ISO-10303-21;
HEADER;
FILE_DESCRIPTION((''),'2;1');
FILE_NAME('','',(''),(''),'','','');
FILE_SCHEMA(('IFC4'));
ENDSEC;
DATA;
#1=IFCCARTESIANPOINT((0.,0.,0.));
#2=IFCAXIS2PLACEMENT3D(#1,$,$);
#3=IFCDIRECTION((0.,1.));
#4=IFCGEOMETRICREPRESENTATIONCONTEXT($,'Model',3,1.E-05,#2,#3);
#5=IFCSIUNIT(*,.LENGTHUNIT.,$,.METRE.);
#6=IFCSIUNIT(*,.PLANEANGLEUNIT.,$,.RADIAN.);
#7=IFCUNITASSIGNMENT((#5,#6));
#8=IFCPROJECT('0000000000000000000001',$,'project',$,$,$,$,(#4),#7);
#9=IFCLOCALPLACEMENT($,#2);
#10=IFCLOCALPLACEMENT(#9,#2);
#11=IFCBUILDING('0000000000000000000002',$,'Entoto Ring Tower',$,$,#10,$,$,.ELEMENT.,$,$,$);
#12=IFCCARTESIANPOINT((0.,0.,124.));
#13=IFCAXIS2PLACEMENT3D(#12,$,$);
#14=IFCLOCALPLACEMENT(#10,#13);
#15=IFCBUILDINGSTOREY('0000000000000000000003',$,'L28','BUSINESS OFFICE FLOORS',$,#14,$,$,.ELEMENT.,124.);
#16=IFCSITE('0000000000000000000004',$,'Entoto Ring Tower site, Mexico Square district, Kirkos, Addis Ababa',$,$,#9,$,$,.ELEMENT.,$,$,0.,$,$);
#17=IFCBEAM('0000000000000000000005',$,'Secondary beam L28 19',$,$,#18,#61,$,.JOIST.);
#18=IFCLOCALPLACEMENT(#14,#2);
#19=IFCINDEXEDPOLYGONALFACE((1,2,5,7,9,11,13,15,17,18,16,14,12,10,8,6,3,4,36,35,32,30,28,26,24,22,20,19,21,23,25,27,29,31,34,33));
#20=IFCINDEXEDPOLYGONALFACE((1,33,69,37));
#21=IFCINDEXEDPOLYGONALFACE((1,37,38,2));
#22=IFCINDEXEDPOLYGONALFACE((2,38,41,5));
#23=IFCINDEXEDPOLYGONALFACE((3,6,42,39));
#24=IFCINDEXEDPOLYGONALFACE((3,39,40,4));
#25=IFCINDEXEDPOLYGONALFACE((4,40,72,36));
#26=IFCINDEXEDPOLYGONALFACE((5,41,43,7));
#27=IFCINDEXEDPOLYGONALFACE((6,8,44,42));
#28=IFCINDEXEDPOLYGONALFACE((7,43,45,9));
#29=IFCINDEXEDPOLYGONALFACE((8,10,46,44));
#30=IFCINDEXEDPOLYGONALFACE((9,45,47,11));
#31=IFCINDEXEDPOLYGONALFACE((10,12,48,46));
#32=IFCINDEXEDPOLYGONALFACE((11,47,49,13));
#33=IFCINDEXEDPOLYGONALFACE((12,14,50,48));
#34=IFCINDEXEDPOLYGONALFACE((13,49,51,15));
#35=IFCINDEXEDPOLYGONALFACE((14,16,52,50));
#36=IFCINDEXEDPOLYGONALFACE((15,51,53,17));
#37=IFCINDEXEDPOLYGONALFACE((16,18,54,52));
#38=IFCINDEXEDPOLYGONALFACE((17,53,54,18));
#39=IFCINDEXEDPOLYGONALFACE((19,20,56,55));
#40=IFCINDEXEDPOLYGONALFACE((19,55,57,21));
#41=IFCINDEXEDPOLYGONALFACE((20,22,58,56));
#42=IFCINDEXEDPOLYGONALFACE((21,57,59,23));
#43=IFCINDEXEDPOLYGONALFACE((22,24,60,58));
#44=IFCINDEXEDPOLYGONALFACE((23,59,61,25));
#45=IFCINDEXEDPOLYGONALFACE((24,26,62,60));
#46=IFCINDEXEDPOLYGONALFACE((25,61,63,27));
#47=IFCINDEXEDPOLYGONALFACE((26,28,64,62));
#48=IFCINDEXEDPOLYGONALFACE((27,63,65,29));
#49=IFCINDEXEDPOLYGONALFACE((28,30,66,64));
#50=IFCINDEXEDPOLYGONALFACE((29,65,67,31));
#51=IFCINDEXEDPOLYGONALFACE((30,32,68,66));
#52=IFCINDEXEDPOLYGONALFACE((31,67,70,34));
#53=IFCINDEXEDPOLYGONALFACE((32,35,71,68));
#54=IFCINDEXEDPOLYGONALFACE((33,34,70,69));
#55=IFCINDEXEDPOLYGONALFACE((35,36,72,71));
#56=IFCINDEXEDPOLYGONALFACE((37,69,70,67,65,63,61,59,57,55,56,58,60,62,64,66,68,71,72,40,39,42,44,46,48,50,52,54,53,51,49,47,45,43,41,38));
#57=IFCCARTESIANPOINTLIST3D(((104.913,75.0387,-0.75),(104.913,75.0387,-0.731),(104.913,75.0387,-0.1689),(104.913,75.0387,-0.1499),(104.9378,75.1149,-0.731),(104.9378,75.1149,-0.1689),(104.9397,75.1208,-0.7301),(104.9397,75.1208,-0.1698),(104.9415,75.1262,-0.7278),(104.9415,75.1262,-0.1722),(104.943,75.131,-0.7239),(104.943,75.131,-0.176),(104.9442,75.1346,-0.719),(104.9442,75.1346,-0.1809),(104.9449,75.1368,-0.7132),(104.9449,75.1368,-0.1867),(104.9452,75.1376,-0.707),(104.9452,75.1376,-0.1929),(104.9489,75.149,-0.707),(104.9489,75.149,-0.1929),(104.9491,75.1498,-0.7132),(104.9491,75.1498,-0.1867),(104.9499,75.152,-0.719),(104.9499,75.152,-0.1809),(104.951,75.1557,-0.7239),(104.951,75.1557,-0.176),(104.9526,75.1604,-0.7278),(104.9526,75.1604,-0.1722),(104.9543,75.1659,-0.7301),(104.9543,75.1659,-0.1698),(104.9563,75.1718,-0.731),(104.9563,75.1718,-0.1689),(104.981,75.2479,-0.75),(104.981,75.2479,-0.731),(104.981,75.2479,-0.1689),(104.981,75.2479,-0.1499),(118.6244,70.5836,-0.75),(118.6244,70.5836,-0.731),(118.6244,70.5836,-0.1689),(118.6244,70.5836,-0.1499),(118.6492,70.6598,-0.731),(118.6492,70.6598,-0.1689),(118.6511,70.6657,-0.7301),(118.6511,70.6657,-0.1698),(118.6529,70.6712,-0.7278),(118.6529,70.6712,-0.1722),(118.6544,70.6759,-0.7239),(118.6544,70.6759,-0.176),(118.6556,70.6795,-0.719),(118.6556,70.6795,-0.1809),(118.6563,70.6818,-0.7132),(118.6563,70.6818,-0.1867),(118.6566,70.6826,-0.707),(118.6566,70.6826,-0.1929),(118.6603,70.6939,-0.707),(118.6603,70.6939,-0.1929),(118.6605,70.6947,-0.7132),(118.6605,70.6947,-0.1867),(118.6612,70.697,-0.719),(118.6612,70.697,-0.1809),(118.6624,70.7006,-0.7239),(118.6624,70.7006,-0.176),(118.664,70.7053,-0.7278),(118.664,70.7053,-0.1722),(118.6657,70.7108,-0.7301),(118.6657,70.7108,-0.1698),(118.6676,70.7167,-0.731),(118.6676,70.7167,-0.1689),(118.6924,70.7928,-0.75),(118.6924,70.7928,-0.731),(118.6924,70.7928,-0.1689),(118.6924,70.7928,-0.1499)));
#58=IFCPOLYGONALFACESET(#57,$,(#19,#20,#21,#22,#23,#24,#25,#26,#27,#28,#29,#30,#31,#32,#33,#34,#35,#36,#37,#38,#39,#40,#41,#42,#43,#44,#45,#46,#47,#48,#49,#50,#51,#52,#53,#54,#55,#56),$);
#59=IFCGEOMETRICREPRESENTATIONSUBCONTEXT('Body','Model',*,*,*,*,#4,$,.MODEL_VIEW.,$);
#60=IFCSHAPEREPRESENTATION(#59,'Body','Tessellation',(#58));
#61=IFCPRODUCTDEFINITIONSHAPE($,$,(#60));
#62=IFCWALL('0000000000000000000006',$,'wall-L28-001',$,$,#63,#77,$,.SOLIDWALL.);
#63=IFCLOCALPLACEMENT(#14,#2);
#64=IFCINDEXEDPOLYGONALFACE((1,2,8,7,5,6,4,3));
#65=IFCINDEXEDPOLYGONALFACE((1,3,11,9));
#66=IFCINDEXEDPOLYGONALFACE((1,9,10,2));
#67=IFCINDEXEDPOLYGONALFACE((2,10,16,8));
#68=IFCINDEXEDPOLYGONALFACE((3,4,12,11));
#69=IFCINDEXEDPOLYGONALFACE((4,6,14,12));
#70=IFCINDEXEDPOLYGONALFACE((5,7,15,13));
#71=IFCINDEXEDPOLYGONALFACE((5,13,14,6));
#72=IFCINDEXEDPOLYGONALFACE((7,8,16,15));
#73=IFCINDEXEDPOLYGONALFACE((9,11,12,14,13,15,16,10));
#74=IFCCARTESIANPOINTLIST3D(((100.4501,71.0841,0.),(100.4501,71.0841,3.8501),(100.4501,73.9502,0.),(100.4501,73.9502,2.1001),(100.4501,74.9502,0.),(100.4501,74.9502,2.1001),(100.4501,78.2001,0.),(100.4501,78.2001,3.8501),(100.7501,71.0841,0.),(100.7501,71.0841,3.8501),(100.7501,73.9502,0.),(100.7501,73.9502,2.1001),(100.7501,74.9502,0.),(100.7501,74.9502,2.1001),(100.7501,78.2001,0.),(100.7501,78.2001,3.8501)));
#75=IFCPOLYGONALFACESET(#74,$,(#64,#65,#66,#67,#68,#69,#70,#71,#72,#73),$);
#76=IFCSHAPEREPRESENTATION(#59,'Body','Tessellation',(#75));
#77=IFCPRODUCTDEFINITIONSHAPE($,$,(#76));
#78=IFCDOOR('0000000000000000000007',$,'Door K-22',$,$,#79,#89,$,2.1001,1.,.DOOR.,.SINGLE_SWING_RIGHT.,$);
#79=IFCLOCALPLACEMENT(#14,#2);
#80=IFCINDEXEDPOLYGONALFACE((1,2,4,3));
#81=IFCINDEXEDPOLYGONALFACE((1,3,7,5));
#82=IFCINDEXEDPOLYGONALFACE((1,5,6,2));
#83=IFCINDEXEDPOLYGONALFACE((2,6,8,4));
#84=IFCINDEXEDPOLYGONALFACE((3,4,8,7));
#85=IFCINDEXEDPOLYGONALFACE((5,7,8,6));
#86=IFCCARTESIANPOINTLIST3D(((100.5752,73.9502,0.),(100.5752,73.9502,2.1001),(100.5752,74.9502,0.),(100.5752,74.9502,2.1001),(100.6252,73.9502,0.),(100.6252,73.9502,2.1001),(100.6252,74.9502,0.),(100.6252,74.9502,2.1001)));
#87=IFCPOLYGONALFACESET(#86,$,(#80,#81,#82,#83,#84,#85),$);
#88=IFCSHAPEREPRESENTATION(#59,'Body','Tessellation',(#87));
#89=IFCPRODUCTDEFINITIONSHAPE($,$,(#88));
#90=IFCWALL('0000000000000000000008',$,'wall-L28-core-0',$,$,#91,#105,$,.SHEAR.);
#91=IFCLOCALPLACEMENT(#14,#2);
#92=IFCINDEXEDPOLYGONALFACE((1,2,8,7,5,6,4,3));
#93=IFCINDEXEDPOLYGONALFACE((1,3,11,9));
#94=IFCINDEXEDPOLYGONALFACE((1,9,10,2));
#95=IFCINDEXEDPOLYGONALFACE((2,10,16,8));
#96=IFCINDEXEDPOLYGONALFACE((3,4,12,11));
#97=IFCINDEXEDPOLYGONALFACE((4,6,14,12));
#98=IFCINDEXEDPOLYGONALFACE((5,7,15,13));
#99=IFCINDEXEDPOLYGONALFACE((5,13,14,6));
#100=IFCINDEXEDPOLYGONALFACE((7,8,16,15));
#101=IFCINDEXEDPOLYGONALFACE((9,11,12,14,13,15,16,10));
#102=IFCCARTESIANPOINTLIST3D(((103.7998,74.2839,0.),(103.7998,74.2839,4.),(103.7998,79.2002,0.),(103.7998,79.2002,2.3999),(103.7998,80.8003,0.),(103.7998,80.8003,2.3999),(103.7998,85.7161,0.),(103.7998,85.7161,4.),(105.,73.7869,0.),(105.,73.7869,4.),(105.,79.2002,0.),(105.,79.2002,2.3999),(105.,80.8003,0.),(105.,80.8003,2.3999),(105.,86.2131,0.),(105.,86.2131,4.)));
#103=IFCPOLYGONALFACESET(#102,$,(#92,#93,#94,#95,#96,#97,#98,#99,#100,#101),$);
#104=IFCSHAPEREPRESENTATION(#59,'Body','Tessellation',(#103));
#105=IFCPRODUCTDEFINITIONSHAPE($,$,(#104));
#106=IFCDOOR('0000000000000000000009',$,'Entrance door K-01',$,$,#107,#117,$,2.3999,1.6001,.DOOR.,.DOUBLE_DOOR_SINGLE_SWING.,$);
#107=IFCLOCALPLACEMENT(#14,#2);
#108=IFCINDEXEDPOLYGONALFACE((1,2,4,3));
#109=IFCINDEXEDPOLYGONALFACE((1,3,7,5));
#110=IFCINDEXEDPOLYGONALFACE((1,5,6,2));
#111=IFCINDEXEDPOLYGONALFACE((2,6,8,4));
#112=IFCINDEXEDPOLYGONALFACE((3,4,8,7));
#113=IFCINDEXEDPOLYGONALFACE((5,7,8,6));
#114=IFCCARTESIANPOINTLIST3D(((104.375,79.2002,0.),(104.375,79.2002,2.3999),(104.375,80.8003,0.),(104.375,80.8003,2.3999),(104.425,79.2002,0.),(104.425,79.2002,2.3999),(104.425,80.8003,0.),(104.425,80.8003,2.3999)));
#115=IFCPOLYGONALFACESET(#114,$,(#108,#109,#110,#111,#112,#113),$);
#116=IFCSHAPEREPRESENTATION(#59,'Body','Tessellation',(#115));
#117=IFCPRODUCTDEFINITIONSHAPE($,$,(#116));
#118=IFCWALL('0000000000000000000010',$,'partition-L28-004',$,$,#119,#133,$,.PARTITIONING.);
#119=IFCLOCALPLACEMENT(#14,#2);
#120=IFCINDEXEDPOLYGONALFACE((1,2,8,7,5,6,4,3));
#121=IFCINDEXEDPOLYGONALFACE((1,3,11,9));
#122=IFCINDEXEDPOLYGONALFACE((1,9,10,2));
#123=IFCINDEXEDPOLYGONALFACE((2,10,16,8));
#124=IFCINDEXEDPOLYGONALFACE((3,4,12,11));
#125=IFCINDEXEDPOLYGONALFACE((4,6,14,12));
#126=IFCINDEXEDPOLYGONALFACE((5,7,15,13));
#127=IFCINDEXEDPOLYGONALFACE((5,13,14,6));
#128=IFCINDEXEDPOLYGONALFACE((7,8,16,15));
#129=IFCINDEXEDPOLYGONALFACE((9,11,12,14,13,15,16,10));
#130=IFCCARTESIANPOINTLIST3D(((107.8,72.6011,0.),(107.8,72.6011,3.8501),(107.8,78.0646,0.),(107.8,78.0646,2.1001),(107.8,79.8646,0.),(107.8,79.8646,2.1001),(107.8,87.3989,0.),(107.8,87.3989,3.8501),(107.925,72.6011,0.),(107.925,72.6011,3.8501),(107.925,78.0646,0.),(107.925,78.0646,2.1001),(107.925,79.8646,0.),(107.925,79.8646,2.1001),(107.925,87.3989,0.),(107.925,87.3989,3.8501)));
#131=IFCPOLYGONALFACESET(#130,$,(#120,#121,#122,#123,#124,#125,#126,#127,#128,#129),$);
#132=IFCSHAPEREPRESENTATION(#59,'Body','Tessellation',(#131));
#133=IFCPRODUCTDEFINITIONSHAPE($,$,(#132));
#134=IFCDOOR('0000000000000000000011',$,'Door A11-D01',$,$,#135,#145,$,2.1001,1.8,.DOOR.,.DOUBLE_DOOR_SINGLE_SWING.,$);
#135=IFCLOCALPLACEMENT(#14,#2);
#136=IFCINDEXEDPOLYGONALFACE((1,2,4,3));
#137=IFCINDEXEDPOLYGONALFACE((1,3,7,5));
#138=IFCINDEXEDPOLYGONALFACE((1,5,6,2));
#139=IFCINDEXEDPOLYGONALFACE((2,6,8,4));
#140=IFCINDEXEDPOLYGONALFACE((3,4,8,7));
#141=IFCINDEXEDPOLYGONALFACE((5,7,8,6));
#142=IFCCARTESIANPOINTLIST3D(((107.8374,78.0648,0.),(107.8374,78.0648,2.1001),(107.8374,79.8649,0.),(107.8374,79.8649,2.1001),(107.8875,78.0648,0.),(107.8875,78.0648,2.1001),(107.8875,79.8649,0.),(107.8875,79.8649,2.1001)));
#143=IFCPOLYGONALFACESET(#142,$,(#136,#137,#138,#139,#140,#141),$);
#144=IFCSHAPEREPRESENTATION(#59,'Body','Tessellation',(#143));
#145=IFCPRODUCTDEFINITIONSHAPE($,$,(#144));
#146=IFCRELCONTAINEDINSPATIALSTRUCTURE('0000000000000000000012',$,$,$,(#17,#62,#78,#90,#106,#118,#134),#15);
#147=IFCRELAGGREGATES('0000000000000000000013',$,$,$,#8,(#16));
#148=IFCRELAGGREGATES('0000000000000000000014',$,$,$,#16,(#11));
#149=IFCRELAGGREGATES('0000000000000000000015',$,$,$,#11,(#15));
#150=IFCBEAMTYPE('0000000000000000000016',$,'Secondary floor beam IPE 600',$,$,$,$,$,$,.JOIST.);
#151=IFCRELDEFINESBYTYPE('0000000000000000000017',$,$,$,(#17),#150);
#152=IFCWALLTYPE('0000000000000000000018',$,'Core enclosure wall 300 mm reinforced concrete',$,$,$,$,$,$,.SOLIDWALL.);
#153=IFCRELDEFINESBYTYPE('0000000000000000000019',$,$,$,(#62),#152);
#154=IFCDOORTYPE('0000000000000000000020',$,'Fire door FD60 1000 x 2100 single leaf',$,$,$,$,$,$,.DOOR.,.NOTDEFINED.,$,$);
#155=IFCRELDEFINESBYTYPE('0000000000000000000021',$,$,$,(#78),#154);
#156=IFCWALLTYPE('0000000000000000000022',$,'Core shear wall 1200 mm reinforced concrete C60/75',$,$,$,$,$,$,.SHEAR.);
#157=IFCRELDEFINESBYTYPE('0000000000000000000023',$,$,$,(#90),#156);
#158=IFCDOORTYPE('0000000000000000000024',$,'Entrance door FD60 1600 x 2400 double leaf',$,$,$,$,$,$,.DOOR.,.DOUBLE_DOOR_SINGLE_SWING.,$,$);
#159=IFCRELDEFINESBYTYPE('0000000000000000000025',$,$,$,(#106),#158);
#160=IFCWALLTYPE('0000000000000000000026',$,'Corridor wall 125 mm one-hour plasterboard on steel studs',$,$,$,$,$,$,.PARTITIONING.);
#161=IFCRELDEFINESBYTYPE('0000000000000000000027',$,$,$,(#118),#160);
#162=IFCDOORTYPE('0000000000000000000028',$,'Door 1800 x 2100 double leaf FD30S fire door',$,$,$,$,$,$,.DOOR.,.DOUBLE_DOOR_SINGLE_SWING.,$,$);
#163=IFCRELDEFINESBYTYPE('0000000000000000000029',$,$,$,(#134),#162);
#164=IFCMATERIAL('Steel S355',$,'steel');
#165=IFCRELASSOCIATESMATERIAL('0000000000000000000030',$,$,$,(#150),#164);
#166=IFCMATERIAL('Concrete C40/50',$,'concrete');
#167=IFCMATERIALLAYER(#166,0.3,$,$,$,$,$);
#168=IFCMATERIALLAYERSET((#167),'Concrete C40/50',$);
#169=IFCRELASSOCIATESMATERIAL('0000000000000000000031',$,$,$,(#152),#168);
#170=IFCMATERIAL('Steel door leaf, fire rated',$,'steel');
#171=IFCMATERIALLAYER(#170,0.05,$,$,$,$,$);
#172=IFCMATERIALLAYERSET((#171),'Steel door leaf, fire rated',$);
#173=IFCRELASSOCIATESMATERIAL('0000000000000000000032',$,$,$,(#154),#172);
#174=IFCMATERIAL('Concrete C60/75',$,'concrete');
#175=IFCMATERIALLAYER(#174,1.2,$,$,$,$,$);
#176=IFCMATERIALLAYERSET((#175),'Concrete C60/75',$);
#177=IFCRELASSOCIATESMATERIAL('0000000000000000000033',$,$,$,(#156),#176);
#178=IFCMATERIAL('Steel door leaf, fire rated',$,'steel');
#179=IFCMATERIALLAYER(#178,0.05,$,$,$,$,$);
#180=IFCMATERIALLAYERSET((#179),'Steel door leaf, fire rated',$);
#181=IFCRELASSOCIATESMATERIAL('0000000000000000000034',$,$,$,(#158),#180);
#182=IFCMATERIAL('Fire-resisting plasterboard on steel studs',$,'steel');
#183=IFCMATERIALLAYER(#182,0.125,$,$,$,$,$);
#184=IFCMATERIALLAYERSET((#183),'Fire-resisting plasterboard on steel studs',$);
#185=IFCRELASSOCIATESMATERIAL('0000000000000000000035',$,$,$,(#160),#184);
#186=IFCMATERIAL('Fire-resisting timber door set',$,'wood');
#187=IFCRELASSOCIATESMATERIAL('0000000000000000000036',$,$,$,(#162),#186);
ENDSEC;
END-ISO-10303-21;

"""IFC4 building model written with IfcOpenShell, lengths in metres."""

from ifc_helpers import new_model, si_unit, direction, frame, frame_2d, origin, origin_2d, place, context, subcontext, project, spatial, polyline, rectangle, i_section, outline, extrude, material, layer, layer_set, material_profile, profile_set, type_object, element, fill, save


model = new_model("IFC4")

# Units and contexts
model_context = context("Model", 3, precision=1e-05, world=origin(), true_north=direction((0.0, 1.0)))
body_context = subcontext(model_context, "Body", "Model", "MODEL_VIEW")
ifc_project = project(units=[si_unit("LENGTHUNIT", "METRE"), si_unit("PLANEANGLEUNIT", "RADIAN")], contexts=[model_context])

# Site, building, storey
site_placement = place(None, origin())
site = spatial("IfcSite", under=ifc_project, at=site_placement, Name="Entoto Ring Tower site, Mexico Square district, Kirkos, Addis Ababa", CompositionType="ELEMENT", RefElevation=0.0)
building_placement = place(site_placement, origin())
building = spatial("IfcBuilding", under=site, at=building_placement, Name="Entoto Ring Tower", CompositionType="ELEMENT")
storey_placement = place(building_placement, frame((0.0, 0.0, 124.0)))
storey = spatial("IfcBuildingStorey", under=building, at=storey_placement, Name="L28", Description="BUSINESS OFFICE FLOORS", CompositionType="ELEMENT", Elevation=124.0)

# Beam
ifc_material_1 = material(Name="Steel S355", Category="steel")
ifc_material_profile_1 = material_profile(ifc_material_1, i_section(OverallWidth=0.22, OverallDepth=0.6001, WebThickness=0.012, FlangeThickness=0.019, FilletRadius=0.0239, at=origin_2d()), Name="IPE 600")
ifc_profile_set_1 = profile_set([ifc_material_profile_1], Name="Steel S355")
beam_type_1 = type_object("IfcBeamType", Name="Secondary floor beam IPE 600", PredefinedType="JOIST", material=ifc_profile_set_1)
beam_1_placement = place(storey_placement, frame((104.947, 75.1433, -0.45), z_axis=(0.951057, -0.309015, 0.0), x_axis=(0.309015, 0.951057, 0.0)))
element("IfcBeam", 1, at=beam_1_placement, inside=storey, type_object=beam_type_1, Name="Secondary beam L28 19", PredefinedType="JOIST", context=body_context, shape_type="SweptSolid", body=[
    extrude(i_section(OverallWidth=0.22, OverallDepth=0.6001, WebThickness=0.012, FlangeThickness=0.019, FilletRadius=0.0239, at=origin_2d()), origin(), (0.0, 0.0, 1.0), 14.417),
])

# Walls, openings, doors
ifc_material_2 = material(Name="Concrete C40/50", Category="concrete")
ifc_layer_1 = layer(ifc_material_2, 0.3)
ifc_layer_set_1 = layer_set([ifc_layer_1], Name="Concrete C40/50")
wall_type_1 = type_object("IfcWallType", Name="Core enclosure wall 300 mm reinforced concrete", PredefinedType="SOLIDWALL", material=ifc_layer_set_1)
wall_1_placement = place(storey_placement, frame((100.6001, 71.084, 0.0), z_axis=(0.0, 0.0, 1.0), x_axis=(0.0, 1.0, 0.0)))
wall_1 = element("IfcWall", 2, at=wall_1_placement, inside=storey, type_object=wall_type_1, Name="wall-L28-001", PredefinedType="SOLIDWALL", context=body_context, shape_type="SweptSolid", body=[
    extrude(rectangle(XDim=7.116, YDim=0.3, at=frame_2d((3.5581, 0.0))), origin(), (0.0, 0.0, 1.0), 3.8501),
])
opening_1_placement = place(wall_1_placement, frame((2.8662, 0.0, 0.0)))
opening_1 = element("IfcOpeningElement", 3, at=opening_1_placement, cuts=wall_1, PredefinedType="OPENING", context=body_context, shape_type="SweptSolid", body=[
    extrude(rectangle(XDim=1.0, YDim=2.1001, at=frame_2d((0.5, 1.05))), frame((0.0, 0.1602, 0.0), z_axis=(0.0, -1.0, 0.0), x_axis=(1.0, 0.0, 0.0)), (0.0, 0.0, 1.0), 0.3201),
])
ifc_material_3 = material(Name="Steel door leaf, fire rated", Category="steel")
ifc_layer_2 = layer(ifc_material_3, 0.05)
ifc_layer_set_2 = layer_set([ifc_layer_2], Name="Steel door leaf, fire rated")
door_type_1 = type_object("IfcDoorType", Name="Fire door FD60 1000 x 2100 single leaf", OperationType="NOTDEFINED", PredefinedType="DOOR", material=ifc_layer_set_2)
door_1_placement = place(opening_1_placement, origin())
door_1 = element("IfcDoor", 4, at=door_1_placement, inside=storey, type_object=door_type_1, Name="Door K-22", OperationType="SINGLE_SWING_RIGHT", OverallHeight=2.1001, OverallWidth=1.0, PredefinedType="DOOR", context=body_context, shape_type="SweptSolid", body=[
    extrude(rectangle(XDim=1.0, YDim=2.1001, at=frame_2d((0.5, 1.05))), frame((0.0, 0.0249, 0.0), z_axis=(0.0, -1.0, 0.0), x_axis=(1.0, 0.0, 0.0)), (0.0, 0.0, 1.0), 0.05),
])
fill(opening_1, door_1)
ifc_material_4 = material(Name="Concrete C60/75", Category="concrete")
ifc_layer_3 = layer(ifc_material_4, 1.2)
ifc_layer_set_3 = layer_set([ifc_layer_3], Name="Concrete C60/75")
wall_type_2 = type_object("IfcWallType", Name="Core shear wall 1200 mm reinforced concrete C60/75", PredefinedType="SHEAR", material=ifc_layer_set_3)
wall_2_placement = place(storey_placement, frame((104.3999, 74.0354, 0.0), z_axis=(0.0, 0.0, 1.0), x_axis=(0.0, 1.0, 0.0)))
wall_2 = element("IfcWall", 5, at=wall_2_placement, inside=storey, type_object=wall_type_2, Name="wall-L28-core-0", PredefinedType="SHEAR", context=body_context, shape_type="SweptSolid", body=[
    extrude(outline(polyline([(-0.2485, -0.6001), (12.1777, -0.6001), (11.6807, 0.6001), (0.2485, 0.6001), (-0.2485, -0.6001)])), origin(), (0.0, 0.0, 1.0), 4.0),
])
opening_2_placement = place(wall_2_placement, frame((5.1648, 0.0, 0.0)))
opening_2 = element("IfcOpeningElement", 6, at=opening_2_placement, cuts=wall_2, PredefinedType="OPENING", context=body_context, shape_type="SweptSolid", body=[
    extrude(rectangle(XDim=1.6001, YDim=2.3999, at=frame_2d((0.8, 1.2))), frame((0.0, 0.6099, 0.0), z_axis=(0.0, -1.0, 0.0), x_axis=(1.0, 0.0, 0.0)), (0.0, 0.0, 1.0), 1.22),
])
ifc_material_5 = material(Name="Steel door leaf, fire rated", Category="steel")
ifc_layer_4 = layer(ifc_material_5, 0.05)
ifc_layer_set_4 = layer_set([ifc_layer_4], Name="Steel door leaf, fire rated")
door_type_2 = type_object("IfcDoorType", Name="Entrance door FD60 1600 x 2400 double leaf", OperationType="DOUBLE_DOOR_SINGLE_SWING", PredefinedType="DOOR", material=ifc_layer_set_4)
door_2_placement = place(opening_2_placement, origin())
door_2 = element("IfcDoor", 7, at=door_2_placement, inside=storey, type_object=door_type_2, Name="Entrance door K-01", OperationType="DOUBLE_DOOR_SINGLE_SWING", OverallHeight=2.3999, OverallWidth=1.6001, PredefinedType="DOOR", context=body_context, shape_type="SweptSolid", body=[
    extrude(rectangle(XDim=1.6001, YDim=2.3999, at=frame_2d((0.8, 1.2))), frame((0.0, 0.0249, 0.0), z_axis=(0.0, -1.0, 0.0), x_axis=(1.0, 0.0, 0.0)), (0.0, 0.0, 1.0), 0.05),
])
fill(opening_2, door_2)
ifc_material_6 = material(Name="Fire-resisting plasterboard on steel studs", Category="steel")
ifc_layer_5 = layer(ifc_material_6, 0.125)
ifc_layer_set_5 = layer_set([ifc_layer_5], Name="Fire-resisting plasterboard on steel studs")
wall_type_3 = type_object("IfcWallType", Name="Corridor wall 125 mm one-hour plasterboard on steel studs", PredefinedType="PARTITIONING", material=ifc_layer_set_5)
wall_3_placement = place(storey_placement, frame((107.8625, 72.6011, 0.0), z_axis=(0.0, 0.0, 1.0), x_axis=(0.0, 1.0, 0.0)))
wall_3 = element("IfcWall", 8, at=wall_3_placement, inside=storey, type_object=wall_type_3, Name="partition-L28-004", PredefinedType="PARTITIONING", context=body_context, shape_type="SweptSolid", body=[
    extrude(rectangle(XDim=14.7979, YDim=0.125, at=frame_2d((7.3989, 0.0))), origin(), (0.0, 0.0, 1.0), 3.8501),
])
opening_3_placement = place(wall_3_placement, frame((5.4636, 0.0, 0.0)))
opening_3 = element("IfcOpeningElement", 9, at=opening_3_placement, cuts=wall_3, PredefinedType="OPENING", context=body_context, shape_type="SweptSolid", body=[
    extrude(rectangle(XDim=1.8, YDim=2.1001, at=frame_2d((0.8999, 1.05))), frame((0.0, 0.0725, 0.0), z_axis=(0.0, -1.0, 0.0), x_axis=(1.0, 0.0, 0.0)), (0.0, 0.0, 1.0), 0.145),
])
ifc_material_7 = material(Name="Fire-resisting timber door set", Category="wood")
door_type_3 = type_object("IfcDoorType", Name="Door 1800 x 2100 double leaf FD30S fire door", OperationType="DOUBLE_DOOR_SINGLE_SWING", PredefinedType="DOOR", material=ifc_material_7)
door_3_placement = place(opening_3_placement, frame((1.8, 0.0, 0.0), z_axis=(0.0, 0.0, 1.0), x_axis=(-1.0, 0.0, 0.0)))
door_3 = element("IfcDoor", 10, at=door_3_placement, inside=storey, type_object=door_type_3, Name="Door A11-D01", OperationType="DOUBLE_DOOR_SINGLE_SWING", OverallHeight=2.1001, OverallWidth=1.8, PredefinedType="DOOR", context=body_context, shape_type="SweptSolid", body=[
    extrude(rectangle(XDim=1.8, YDim=2.1001, at=frame_2d((0.8999, 1.05))), frame((0.0, 0.0249, 0.0), z_axis=(0.0, -1.0, 0.0), x_axis=(1.0, 0.0, 0.0)), (0.0, 0.0, 1.0), 0.05),
])
fill(opening_3, door_3)

save(model, "model.ifc")
